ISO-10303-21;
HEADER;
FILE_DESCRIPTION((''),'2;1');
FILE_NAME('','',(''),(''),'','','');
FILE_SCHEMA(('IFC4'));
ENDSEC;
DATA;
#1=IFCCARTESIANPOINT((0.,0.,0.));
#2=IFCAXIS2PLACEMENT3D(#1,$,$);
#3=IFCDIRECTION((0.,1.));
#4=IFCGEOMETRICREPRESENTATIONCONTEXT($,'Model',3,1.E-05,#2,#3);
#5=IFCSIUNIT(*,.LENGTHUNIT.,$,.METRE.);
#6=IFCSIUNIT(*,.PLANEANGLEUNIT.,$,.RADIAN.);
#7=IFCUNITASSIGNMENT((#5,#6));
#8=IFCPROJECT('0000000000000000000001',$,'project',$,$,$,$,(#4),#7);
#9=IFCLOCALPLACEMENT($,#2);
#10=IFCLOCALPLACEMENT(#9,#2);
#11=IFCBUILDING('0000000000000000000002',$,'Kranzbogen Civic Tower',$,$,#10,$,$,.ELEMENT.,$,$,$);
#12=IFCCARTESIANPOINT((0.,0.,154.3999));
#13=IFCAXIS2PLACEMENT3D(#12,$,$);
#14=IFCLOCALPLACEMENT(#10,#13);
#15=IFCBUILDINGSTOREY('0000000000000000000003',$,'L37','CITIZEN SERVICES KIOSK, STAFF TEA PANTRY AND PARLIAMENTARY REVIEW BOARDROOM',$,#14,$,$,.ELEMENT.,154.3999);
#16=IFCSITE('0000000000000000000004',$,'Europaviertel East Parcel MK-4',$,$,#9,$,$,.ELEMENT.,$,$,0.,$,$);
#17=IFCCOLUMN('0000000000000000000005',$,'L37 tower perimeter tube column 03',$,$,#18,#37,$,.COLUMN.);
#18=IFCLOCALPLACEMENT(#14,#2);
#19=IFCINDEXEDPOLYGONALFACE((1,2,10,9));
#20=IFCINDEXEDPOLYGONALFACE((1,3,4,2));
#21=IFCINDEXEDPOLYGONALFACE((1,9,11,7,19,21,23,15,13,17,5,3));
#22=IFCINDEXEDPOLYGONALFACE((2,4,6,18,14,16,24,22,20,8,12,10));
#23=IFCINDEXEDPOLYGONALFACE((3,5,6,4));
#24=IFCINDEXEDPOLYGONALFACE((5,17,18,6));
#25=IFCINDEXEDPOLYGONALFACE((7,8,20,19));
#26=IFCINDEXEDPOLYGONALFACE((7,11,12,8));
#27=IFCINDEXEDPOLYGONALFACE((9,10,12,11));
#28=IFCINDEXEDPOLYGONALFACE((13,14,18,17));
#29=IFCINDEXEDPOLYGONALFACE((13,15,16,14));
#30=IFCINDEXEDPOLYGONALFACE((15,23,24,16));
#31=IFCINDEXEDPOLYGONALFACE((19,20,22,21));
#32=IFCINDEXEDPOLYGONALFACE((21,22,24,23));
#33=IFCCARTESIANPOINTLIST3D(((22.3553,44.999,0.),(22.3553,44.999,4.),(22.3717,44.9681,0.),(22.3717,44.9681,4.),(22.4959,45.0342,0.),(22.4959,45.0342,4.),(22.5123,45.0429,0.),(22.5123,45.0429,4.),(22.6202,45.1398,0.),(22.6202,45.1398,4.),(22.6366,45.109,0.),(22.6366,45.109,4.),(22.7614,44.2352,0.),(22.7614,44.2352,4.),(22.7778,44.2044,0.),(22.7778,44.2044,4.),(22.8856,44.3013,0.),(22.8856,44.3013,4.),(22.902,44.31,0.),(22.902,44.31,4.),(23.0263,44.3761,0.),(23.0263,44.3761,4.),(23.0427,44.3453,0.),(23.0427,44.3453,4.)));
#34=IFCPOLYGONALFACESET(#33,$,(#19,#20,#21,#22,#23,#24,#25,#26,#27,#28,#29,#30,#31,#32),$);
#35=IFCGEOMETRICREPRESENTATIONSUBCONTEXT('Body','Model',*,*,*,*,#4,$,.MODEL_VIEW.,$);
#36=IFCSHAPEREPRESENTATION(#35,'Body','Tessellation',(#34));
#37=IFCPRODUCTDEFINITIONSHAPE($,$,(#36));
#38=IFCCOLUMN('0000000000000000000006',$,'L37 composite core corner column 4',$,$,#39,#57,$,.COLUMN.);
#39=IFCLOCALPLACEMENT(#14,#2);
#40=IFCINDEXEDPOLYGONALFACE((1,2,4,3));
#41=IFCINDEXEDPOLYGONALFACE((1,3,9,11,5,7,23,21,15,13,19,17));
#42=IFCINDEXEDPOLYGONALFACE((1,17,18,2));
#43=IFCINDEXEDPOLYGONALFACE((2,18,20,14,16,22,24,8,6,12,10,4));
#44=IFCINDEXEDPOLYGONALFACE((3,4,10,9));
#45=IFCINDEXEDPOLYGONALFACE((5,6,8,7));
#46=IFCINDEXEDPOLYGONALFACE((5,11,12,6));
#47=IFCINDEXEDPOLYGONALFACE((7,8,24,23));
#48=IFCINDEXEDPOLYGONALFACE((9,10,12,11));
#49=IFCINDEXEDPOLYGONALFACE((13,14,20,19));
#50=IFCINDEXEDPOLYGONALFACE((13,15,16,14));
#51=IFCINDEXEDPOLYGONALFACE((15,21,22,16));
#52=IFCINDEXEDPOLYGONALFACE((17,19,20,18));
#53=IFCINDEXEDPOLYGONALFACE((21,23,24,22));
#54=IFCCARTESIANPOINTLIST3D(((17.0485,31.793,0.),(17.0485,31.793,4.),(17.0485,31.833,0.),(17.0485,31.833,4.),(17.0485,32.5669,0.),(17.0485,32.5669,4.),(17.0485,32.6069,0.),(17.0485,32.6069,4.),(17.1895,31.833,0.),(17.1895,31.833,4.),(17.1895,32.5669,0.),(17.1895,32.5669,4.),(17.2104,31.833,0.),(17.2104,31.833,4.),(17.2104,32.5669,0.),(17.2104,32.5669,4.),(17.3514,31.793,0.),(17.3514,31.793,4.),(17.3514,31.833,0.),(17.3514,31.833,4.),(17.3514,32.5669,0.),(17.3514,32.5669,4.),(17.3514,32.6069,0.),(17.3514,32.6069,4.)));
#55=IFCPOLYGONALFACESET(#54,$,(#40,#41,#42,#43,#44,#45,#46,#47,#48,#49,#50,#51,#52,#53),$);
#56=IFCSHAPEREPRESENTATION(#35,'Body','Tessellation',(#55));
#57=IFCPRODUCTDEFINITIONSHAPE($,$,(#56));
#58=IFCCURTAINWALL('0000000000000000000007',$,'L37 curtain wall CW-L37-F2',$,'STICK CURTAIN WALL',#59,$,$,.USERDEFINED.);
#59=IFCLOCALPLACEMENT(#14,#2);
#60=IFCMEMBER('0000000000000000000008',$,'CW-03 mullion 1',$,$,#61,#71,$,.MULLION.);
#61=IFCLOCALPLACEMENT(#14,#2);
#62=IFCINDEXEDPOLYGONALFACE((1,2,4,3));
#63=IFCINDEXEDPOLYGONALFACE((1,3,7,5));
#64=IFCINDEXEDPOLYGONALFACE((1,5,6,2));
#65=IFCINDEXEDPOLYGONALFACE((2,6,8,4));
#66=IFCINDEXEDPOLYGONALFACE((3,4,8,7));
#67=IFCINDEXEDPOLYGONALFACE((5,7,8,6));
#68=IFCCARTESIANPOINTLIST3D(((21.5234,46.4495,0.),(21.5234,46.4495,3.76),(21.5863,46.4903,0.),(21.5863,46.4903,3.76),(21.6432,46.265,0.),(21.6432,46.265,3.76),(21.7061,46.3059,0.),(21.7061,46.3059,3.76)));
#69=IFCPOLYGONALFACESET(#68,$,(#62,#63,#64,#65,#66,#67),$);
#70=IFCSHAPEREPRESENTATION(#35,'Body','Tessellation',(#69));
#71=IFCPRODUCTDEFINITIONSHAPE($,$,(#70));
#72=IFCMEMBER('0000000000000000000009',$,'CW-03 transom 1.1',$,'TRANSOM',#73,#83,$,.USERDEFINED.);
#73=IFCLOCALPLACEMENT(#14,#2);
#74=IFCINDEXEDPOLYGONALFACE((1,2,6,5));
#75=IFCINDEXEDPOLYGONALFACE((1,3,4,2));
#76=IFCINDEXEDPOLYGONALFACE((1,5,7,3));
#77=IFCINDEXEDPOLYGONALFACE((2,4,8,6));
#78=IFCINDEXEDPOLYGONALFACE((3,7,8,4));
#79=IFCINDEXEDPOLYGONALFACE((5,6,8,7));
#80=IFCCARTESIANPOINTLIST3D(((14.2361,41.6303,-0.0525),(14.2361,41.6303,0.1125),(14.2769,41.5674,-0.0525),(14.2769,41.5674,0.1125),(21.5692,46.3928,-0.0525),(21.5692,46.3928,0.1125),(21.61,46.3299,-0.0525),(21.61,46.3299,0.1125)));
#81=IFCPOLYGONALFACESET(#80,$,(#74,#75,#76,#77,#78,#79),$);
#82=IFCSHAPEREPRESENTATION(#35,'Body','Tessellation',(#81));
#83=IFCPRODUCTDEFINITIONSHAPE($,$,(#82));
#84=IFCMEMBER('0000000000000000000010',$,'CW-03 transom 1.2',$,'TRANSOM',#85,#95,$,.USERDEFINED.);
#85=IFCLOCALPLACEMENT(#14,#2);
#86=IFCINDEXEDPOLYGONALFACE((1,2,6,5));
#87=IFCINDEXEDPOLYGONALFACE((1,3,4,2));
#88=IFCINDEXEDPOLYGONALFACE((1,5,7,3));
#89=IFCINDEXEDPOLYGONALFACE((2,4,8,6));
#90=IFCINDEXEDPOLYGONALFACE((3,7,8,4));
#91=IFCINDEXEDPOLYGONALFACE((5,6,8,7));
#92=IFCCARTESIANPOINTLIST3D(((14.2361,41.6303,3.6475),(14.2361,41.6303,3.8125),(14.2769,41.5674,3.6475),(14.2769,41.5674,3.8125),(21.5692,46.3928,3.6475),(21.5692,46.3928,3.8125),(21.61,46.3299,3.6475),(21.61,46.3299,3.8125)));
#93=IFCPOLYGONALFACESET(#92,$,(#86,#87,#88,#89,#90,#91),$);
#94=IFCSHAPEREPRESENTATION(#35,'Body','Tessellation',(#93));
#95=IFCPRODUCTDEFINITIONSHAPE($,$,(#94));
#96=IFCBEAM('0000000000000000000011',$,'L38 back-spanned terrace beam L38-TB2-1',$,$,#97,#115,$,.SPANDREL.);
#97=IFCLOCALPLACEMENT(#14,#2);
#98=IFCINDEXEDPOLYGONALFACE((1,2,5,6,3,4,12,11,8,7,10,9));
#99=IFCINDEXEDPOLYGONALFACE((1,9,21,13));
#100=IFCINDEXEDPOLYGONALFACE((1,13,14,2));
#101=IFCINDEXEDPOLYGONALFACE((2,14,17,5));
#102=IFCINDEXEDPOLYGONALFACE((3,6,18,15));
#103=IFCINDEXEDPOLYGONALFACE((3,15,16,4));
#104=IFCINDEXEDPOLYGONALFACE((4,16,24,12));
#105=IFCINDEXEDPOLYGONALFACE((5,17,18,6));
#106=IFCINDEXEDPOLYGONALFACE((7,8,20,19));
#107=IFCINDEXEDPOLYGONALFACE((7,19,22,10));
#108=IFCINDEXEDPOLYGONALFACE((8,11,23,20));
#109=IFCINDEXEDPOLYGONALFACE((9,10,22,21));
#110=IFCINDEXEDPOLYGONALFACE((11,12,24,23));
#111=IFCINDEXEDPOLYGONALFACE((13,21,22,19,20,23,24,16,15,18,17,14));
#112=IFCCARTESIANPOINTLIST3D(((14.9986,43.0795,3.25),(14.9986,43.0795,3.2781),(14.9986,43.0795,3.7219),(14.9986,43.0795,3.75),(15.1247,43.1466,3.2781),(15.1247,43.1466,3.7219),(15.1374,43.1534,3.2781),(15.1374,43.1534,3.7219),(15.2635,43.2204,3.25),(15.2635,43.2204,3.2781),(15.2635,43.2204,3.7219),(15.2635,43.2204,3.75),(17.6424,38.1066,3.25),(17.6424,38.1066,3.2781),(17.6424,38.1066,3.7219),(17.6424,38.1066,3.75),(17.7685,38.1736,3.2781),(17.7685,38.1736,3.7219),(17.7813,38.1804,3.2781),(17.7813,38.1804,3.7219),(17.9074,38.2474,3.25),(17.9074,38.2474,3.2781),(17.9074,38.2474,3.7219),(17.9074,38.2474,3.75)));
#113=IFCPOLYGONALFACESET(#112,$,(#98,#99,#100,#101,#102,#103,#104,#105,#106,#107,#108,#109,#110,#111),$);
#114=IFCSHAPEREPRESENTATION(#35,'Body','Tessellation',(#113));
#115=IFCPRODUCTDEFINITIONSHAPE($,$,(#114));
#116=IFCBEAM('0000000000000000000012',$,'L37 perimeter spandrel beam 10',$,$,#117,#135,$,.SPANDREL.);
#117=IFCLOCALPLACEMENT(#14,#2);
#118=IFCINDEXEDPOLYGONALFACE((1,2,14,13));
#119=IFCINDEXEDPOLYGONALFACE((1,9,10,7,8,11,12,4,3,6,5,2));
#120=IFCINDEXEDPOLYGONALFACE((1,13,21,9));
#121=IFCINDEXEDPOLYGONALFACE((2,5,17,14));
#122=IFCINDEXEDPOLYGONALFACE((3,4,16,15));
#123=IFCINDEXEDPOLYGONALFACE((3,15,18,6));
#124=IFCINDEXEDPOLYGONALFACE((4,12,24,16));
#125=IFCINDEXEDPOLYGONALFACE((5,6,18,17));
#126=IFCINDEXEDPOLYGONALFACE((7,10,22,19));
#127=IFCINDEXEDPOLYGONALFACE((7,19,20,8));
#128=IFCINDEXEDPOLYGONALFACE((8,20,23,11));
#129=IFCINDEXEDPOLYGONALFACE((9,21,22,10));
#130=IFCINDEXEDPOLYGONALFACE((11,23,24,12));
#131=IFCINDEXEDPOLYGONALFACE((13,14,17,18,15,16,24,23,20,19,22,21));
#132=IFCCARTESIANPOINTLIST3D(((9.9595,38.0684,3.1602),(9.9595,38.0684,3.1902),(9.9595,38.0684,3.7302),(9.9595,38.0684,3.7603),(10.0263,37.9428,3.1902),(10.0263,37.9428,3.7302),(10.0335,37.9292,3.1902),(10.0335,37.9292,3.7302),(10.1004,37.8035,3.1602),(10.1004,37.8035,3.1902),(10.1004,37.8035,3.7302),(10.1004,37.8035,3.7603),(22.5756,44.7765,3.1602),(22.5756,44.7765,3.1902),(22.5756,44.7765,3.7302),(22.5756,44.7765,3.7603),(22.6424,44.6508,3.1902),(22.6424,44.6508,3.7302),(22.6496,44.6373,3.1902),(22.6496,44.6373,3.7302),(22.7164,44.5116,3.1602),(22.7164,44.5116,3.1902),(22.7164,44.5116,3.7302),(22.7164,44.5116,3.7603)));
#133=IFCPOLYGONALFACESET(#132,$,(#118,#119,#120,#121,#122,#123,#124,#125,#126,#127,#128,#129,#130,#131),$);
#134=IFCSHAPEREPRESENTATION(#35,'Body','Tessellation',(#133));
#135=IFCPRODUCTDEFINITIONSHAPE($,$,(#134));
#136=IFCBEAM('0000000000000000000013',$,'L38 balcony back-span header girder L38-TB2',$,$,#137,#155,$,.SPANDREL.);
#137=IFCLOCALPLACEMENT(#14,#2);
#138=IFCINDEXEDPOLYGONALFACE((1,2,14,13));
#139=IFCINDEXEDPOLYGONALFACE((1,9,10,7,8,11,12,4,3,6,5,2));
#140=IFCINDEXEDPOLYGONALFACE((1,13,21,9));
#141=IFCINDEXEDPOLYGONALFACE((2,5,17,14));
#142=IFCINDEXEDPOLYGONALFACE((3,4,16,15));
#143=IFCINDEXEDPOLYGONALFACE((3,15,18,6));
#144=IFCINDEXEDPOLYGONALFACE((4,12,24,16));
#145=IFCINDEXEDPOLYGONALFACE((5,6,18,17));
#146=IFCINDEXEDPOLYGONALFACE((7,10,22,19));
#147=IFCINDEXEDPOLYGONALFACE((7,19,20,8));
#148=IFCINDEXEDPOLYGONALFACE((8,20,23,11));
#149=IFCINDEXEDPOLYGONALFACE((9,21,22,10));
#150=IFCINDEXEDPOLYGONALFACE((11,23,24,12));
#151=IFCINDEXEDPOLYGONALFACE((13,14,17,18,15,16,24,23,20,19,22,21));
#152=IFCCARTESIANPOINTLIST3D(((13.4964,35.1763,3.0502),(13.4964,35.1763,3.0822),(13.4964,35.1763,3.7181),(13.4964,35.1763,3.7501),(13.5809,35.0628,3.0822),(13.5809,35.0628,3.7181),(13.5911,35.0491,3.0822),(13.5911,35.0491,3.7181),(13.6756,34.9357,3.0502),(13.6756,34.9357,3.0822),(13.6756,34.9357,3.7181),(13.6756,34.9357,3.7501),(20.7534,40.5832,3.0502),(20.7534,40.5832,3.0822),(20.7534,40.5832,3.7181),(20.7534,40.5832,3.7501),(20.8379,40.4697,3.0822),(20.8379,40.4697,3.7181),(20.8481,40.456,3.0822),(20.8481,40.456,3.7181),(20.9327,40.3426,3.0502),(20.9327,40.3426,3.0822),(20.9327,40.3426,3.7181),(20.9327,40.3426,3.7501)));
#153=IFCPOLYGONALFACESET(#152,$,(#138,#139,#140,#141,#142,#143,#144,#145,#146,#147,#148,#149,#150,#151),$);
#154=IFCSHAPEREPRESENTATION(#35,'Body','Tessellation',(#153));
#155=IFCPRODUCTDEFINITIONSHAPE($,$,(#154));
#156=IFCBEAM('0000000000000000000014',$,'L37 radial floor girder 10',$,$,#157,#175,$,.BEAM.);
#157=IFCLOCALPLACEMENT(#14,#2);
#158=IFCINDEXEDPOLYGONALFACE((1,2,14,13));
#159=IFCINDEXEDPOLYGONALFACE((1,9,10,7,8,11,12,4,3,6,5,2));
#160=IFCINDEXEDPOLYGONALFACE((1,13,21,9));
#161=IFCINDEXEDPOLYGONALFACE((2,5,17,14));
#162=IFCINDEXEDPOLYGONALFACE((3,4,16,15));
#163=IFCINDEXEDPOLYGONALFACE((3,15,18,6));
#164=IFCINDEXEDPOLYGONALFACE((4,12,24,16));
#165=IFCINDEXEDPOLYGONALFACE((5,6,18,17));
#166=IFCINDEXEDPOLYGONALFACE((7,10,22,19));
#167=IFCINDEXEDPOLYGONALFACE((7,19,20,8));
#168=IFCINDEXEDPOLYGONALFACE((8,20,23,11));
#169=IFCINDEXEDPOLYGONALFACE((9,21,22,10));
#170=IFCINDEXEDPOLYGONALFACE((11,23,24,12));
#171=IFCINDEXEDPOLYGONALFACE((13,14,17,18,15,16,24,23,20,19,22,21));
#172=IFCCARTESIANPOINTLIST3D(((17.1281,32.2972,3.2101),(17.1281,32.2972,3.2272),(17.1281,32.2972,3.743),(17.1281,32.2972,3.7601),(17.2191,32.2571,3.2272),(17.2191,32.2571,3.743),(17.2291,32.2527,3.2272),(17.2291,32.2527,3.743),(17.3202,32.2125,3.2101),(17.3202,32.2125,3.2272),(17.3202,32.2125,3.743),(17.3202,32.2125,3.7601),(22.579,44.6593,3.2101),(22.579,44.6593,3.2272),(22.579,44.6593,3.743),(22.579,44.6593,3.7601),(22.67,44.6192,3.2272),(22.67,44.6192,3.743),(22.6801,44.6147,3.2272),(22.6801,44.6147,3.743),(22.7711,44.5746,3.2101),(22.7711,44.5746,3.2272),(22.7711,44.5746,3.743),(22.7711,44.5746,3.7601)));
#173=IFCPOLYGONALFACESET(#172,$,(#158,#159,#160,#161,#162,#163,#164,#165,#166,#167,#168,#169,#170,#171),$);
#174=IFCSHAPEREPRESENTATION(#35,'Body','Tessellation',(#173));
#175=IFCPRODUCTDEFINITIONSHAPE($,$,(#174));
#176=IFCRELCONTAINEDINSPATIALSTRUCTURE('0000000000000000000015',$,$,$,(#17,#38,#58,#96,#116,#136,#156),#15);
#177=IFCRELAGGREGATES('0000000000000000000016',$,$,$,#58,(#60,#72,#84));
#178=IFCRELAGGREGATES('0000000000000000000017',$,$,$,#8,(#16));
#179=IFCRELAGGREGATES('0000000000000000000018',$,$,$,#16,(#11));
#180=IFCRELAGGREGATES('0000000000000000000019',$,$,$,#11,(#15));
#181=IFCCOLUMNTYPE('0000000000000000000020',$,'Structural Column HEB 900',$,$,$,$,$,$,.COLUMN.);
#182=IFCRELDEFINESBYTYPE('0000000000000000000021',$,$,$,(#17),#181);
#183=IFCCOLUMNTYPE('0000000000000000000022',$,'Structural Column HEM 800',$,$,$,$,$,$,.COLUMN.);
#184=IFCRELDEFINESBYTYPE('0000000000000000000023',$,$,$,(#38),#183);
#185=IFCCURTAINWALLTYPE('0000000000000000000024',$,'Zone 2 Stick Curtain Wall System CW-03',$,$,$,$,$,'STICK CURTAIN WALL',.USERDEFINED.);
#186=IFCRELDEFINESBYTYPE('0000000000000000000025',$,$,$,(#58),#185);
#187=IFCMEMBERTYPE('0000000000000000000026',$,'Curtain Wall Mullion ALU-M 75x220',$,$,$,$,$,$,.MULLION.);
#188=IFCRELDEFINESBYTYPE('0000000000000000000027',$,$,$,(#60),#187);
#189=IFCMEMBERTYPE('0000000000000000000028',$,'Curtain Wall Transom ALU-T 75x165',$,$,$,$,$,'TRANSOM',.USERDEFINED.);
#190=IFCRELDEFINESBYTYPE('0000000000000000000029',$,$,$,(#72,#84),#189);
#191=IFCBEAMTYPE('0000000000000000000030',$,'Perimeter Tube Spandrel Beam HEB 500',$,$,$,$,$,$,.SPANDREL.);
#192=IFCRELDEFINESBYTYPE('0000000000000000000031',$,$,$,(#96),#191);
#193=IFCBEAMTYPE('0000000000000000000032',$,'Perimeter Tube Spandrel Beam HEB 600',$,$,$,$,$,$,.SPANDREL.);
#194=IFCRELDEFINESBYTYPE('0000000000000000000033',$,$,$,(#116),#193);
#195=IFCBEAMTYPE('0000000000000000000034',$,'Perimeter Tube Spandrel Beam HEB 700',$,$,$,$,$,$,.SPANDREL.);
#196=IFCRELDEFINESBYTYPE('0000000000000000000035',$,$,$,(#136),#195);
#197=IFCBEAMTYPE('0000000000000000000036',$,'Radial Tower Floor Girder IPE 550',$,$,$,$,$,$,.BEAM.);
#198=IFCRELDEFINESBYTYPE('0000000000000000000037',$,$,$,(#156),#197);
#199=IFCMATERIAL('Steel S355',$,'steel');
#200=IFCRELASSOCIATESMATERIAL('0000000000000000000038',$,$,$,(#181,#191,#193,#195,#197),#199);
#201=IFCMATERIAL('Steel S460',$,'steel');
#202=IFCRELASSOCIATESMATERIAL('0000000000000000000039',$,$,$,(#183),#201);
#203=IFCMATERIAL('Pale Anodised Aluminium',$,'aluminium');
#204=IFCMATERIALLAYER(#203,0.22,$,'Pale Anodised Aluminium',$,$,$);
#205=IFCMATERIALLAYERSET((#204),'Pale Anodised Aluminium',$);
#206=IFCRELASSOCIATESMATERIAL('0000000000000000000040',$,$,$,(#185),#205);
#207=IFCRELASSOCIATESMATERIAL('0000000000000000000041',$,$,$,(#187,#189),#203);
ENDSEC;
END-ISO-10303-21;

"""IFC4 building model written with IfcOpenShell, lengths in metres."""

from ifc_helpers import new_model, si_unit, direction, frame, origin, origin_2d, place, context, subcontext, project, spatial, rectangle, i_section, extrude, material, layer, layer_set, material_profile, profile_set, type_object, element, aggregate, save


model = new_model("IFC4")

# Units and contexts
model_context = context("Model", 3, precision=1e-05, world=origin(), true_north=direction((0.0, 1.0)))
body_context = subcontext(model_context, "Body", "Model", "MODEL_VIEW")
ifc_project = project(units=[si_unit("LENGTHUNIT", "METRE"), si_unit("PLANEANGLEUNIT", "RADIAN")], contexts=[model_context])

# Site, building, storey
site_placement = place(None, origin())
site = spatial("IfcSite", under=ifc_project, at=site_placement, Name="Europaviertel East Parcel MK-4", CompositionType="ELEMENT", RefElevation=0.0)
building_placement = place(site_placement, origin())
building = spatial("IfcBuilding", under=site, at=building_placement, Name="Kranzbogen Civic Tower", CompositionType="ELEMENT")
storey_placement = place(building_placement, frame((0.0, 0.0, 154.3999)))
storey = spatial("IfcBuildingStorey", under=building, at=storey_placement, Name="L37", Description="CITIZEN SERVICES KIOSK, STAFF TEA PANTRY AND PARLIAMENTARY REVIEW BOARDROOM", CompositionType="ELEMENT", Elevation=154.3999)

# Columns
ifc_material_1 = material(Name="Steel S355", Category="steel")
ifc_material_profile_1 = material_profile(ifc_material_1, i_section(OverallWidth=0.3, OverallDepth=0.8999, WebThickness=0.0186, FlangeThickness=0.0349, at=origin_2d()), Name="HEB 900")
ifc_profile_set_1 = profile_set([ifc_material_profile_1], Name="Steel S355")
column_type_1 = type_object("IfcColumnType", Name="Structural Column HEB 900", PredefinedType="COLUMN", material=ifc_profile_set_1)
column_1_placement = place(storey_placement, frame((22.699, 44.6721, 0.0), z_axis=(0.0, 0.0, 1.0), x_axis=(0.882948, 0.469472, 0.0)))
element("IfcColumn", 1, at=column_1_placement, inside=storey, type_object=column_type_1, Name="L37 tower perimeter tube column 03", PredefinedType="COLUMN", context=body_context, shape_type="SweptSolid", body=[
    extrude(i_section(OverallWidth=0.3, OverallDepth=0.8999, WebThickness=0.0186, FlangeThickness=0.0349, at=origin_2d()), origin(), (0.0, 0.0, 1.0), 4.0),
])
ifc_material_2 = material(Name="Steel S460", Category="steel")
ifc_material_profile_2 = material_profile(ifc_material_2, i_section(OverallWidth=0.303, OverallDepth=0.814, WebThickness=0.021, FlangeThickness=0.04, at=origin_2d()), Name="HEM 800")
ifc_profile_set_2 = profile_set([ifc_material_profile_2], Name="Steel S460")
column_type_2 = type_object("IfcColumnType", Name="Structural Column HEM 800", PredefinedType="COLUMN", material=ifc_profile_set_2)
column_2_placement = place(storey_placement, frame((17.2, 32.2, 0.0), z_axis=(0.0, 0.0, 1.0), x_axis=(1.0, 0.0, 0.0)))
element("IfcColumn", 2, at=column_2_placement, inside=storey, type_object=column_type_2, Name="L37 composite core corner column 4", PredefinedType="COLUMN", context=body_context, shape_type="SweptSolid", body=[
    extrude(i_section(OverallWidth=0.303, OverallDepth=0.814, WebThickness=0.021, FlangeThickness=0.04, at=origin_2d()), origin(), (0.0, 0.0, 1.0), 4.0),
])

# Curtain wall, members
ifc_material_3 = material(Name="Pale Anodised Aluminium", Category="aluminium")
ifc_layer_1 = layer(ifc_material_3, 0.22, Name="Pale Anodised Aluminium")
ifc_layer_set_1 = layer_set([ifc_layer_1], Name="Pale Anodised Aluminium")
curtain_wall_type = type_object("IfcCurtainWallType", Name="Zone 2 Stick Curtain Wall System CW-03", ElementType="STICK CURTAIN WALL", PredefinedType="USERDEFINED", material=ifc_layer_set_1)
curtain_wall_placement = place(storey_placement, origin())
curtain_wall = element("IfcCurtainWall", 3, at=curtain_wall_placement, inside=storey, type_object=curtain_wall_type, Name="L37 curtain wall CW-L37-F2", ObjectType="STICK CURTAIN WALL", PredefinedType="USERDEFINED")
ifc_material_profile_3 = material_profile(ifc_material_3, rectangle(XDim=0.075, YDim=0.22, at=origin_2d()), Name="ALU-M 75x220")
ifc_profile_set_3 = profile_set([ifc_material_profile_3], Name="Pale Anodised Aluminium")
member_type_1 = type_object("IfcMemberType", Name="Curtain Wall Mullion ALU-M 75x220", PredefinedType="MULLION", material=ifc_profile_set_3)
member_1_placement = place(storey_placement, frame((21.6147, 46.3777, 0.0), z_axis=(0.0, 0.0, 1.0), x_axis=(-0.838652, -0.544668, 0.0)))
member_1 = element("IfcMember", 4, at=member_1_placement, type_object=member_type_1, Name="CW-03 mullion 1", PredefinedType="MULLION", context=body_context, shape_type="SweptSolid", body=[
    extrude(rectangle(XDim=0.075, YDim=0.22, at=origin_2d()), origin(), (0.0, 0.0, 1.0), 3.76),
])
ifc_material_profile_4 = material_profile(ifc_material_3, rectangle(XDim=0.075, YDim=0.165, at=origin_2d()), Name="ALU-T 75x165")
ifc_profile_set_4 = profile_set([ifc_material_profile_4], Name="Pale Anodised Aluminium")
member_type_2 = type_object("IfcMemberType", Name="Curtain Wall Transom ALU-T 75x165", ElementType="TRANSOM", PredefinedType="USERDEFINED", material=ifc_profile_set_4)
member_2_placement = place(storey_placement, frame((21.5896, 46.3613, 0.03), z_axis=(-0.838653, -0.544666, 0.0), x_axis=(0.544666, -0.838653, 0.0)))
member_2 = element("IfcMember", 5, at=member_2_placement, type_object=member_type_2, Name="CW-03 transom 1.1", ObjectType="TRANSOM", PredefinedType="USERDEFINED", context=body_context, shape_type="SweptSolid", body=[
    extrude(rectangle(XDim=0.075, YDim=0.165, at=origin_2d()), origin(), (0.0, 0.0, 1.0), 8.7439),
])
member_3_placement = place(storey_placement, frame((21.5896, 46.3613, 3.73), z_axis=(-0.838653, -0.544666, 0.0), x_axis=(0.544666, -0.838653, 0.0)))
member_3 = element("IfcMember", 6, at=member_3_placement, type_object=member_type_2, Name="CW-03 transom 1.2", ObjectType="TRANSOM", PredefinedType="USERDEFINED", context=body_context, shape_type="SweptSolid", body=[
    extrude(rectangle(XDim=0.075, YDim=0.165, at=origin_2d()), origin(), (0.0, 0.0, 1.0), 8.7439),
])

# Beams
ifc_material_profile_5 = material_profile(ifc_material_1, i_section(OverallWidth=0.3, OverallDepth=0.5, WebThickness=0.0144, FlangeThickness=0.0281, at=origin_2d()), Name="HEB 500")
ifc_profile_set_5 = profile_set([ifc_material_profile_5], Name="Steel S355")
beam_type_1 = type_object("IfcBeamType", Name="Perimeter Tube Spandrel Beam HEB 500", PredefinedType="SPANDREL", material=ifc_profile_set_5)
beam_1_placement = place(storey_placement, frame((17.7749, 38.177, 3.5), z_axis=(-0.469425, 0.882973, 0.0), x_axis=(-0.882973, -0.469425, 0.0)))
element("IfcBeam", 7, at=beam_1_placement, inside=storey, type_object=beam_type_1, Name="L38 back-spanned terrace beam L38-TB2-1", PredefinedType="SPANDREL", context=body_context, shape_type="SweptSolid", body=[
    extrude(i_section(OverallWidth=0.3, OverallDepth=0.5, WebThickness=0.0144, FlangeThickness=0.0281, at=origin_2d()), origin(), (0.0, 0.0, 1.0), 5.6321),
])
ifc_material_profile_6 = material_profile(ifc_material_1, i_section(OverallWidth=0.3, OverallDepth=0.6001, WebThickness=0.0154, FlangeThickness=0.03, at=origin_2d()), Name="HEB 600")
ifc_profile_set_6 = profile_set([ifc_material_profile_6], Name="Steel S355")
beam_type_2 = type_object("IfcBeamType", Name="Perimeter Tube Spandrel Beam HEB 600", PredefinedType="SPANDREL", material=ifc_profile_set_6)
beam_2_placement = place(storey_placement, frame((22.646, 44.644, 3.4602), z_axis=(-0.882948, -0.46947, 0.0), x_axis=(0.46947, -0.882948, 0.0)))
element("IfcBeam", 8, at=beam_2_placement, inside=storey, type_object=beam_type_2, Name="L37 perimeter spandrel beam 10", PredefinedType="SPANDREL", context=body_context, shape_type="SweptSolid", body=[
    extrude(i_section(OverallWidth=0.3, OverallDepth=0.6001, WebThickness=0.0154, FlangeThickness=0.03, at=origin_2d()), origin(), (0.0, 0.0, 1.0), 14.2886),
])
ifc_material_profile_7 = material_profile(ifc_material_1, i_section(OverallWidth=0.3, OverallDepth=0.7, WebThickness=0.0171, FlangeThickness=0.032, at=origin_2d()), Name="HEB 700")
ifc_profile_set_7 = profile_set([ifc_material_profile_7], Name="Steel S355")
beam_type_3 = type_object("IfcBeamType", Name="Perimeter Tube Spandrel Beam HEB 700", PredefinedType="SPANDREL", material=ifc_profile_set_7)
beam_3_placement = place(storey_placement, frame((20.843, 40.4629, 3.4001), z_axis=(-0.801896, -0.597463, 0.0), x_axis=(0.597463, -0.801896, 0.0)))
element("IfcBeam", 9, at=beam_3_placement, inside=storey, type_object=beam_type_3, Name="L38 balcony back-span header girder L38-TB2", PredefinedType="SPANDREL", context=body_context, shape_type="SweptSolid", body=[
    extrude(i_section(OverallWidth=0.3, OverallDepth=0.7, WebThickness=0.0171, FlangeThickness=0.032, at=origin_2d()), origin(), (0.0, 0.0, 1.0), 9.0498),
])
ifc_material_profile_8 = material_profile(ifc_material_1, i_section(OverallWidth=0.21, OverallDepth=0.55, WebThickness=0.011, FlangeThickness=0.0171, at=origin_2d()), Name="IPE 550")
ifc_profile_set_8 = profile_set([ifc_material_profile_8], Name="Steel S355")
beam_type_4 = type_object("IfcBeamType", Name="Radial Tower Floor Girder IPE 550", PredefinedType="BEAM", material=ifc_profile_set_8)
beam_4_placement = place(storey_placement, frame((22.675, 44.6169, 3.4851), z_axis=(-0.403459, -0.914998, 0.0), x_axis=(0.914998, -0.403459, 0.0)))
element("IfcBeam", 10, at=beam_4_placement, inside=storey, type_object=beam_type_4, Name="L37 radial floor girder 10", PredefinedType="BEAM", context=body_context, shape_type="SweptSolid", body=[
    extrude(i_section(OverallWidth=0.21, OverallDepth=0.55, WebThickness=0.011, FlangeThickness=0.0171, at=origin_2d()), origin(), (0.0, 0.0, 1.0), 13.5105),
])

aggregate(curtain_wall, [member_1, member_2, member_3])

save(model, "model.ifc")
